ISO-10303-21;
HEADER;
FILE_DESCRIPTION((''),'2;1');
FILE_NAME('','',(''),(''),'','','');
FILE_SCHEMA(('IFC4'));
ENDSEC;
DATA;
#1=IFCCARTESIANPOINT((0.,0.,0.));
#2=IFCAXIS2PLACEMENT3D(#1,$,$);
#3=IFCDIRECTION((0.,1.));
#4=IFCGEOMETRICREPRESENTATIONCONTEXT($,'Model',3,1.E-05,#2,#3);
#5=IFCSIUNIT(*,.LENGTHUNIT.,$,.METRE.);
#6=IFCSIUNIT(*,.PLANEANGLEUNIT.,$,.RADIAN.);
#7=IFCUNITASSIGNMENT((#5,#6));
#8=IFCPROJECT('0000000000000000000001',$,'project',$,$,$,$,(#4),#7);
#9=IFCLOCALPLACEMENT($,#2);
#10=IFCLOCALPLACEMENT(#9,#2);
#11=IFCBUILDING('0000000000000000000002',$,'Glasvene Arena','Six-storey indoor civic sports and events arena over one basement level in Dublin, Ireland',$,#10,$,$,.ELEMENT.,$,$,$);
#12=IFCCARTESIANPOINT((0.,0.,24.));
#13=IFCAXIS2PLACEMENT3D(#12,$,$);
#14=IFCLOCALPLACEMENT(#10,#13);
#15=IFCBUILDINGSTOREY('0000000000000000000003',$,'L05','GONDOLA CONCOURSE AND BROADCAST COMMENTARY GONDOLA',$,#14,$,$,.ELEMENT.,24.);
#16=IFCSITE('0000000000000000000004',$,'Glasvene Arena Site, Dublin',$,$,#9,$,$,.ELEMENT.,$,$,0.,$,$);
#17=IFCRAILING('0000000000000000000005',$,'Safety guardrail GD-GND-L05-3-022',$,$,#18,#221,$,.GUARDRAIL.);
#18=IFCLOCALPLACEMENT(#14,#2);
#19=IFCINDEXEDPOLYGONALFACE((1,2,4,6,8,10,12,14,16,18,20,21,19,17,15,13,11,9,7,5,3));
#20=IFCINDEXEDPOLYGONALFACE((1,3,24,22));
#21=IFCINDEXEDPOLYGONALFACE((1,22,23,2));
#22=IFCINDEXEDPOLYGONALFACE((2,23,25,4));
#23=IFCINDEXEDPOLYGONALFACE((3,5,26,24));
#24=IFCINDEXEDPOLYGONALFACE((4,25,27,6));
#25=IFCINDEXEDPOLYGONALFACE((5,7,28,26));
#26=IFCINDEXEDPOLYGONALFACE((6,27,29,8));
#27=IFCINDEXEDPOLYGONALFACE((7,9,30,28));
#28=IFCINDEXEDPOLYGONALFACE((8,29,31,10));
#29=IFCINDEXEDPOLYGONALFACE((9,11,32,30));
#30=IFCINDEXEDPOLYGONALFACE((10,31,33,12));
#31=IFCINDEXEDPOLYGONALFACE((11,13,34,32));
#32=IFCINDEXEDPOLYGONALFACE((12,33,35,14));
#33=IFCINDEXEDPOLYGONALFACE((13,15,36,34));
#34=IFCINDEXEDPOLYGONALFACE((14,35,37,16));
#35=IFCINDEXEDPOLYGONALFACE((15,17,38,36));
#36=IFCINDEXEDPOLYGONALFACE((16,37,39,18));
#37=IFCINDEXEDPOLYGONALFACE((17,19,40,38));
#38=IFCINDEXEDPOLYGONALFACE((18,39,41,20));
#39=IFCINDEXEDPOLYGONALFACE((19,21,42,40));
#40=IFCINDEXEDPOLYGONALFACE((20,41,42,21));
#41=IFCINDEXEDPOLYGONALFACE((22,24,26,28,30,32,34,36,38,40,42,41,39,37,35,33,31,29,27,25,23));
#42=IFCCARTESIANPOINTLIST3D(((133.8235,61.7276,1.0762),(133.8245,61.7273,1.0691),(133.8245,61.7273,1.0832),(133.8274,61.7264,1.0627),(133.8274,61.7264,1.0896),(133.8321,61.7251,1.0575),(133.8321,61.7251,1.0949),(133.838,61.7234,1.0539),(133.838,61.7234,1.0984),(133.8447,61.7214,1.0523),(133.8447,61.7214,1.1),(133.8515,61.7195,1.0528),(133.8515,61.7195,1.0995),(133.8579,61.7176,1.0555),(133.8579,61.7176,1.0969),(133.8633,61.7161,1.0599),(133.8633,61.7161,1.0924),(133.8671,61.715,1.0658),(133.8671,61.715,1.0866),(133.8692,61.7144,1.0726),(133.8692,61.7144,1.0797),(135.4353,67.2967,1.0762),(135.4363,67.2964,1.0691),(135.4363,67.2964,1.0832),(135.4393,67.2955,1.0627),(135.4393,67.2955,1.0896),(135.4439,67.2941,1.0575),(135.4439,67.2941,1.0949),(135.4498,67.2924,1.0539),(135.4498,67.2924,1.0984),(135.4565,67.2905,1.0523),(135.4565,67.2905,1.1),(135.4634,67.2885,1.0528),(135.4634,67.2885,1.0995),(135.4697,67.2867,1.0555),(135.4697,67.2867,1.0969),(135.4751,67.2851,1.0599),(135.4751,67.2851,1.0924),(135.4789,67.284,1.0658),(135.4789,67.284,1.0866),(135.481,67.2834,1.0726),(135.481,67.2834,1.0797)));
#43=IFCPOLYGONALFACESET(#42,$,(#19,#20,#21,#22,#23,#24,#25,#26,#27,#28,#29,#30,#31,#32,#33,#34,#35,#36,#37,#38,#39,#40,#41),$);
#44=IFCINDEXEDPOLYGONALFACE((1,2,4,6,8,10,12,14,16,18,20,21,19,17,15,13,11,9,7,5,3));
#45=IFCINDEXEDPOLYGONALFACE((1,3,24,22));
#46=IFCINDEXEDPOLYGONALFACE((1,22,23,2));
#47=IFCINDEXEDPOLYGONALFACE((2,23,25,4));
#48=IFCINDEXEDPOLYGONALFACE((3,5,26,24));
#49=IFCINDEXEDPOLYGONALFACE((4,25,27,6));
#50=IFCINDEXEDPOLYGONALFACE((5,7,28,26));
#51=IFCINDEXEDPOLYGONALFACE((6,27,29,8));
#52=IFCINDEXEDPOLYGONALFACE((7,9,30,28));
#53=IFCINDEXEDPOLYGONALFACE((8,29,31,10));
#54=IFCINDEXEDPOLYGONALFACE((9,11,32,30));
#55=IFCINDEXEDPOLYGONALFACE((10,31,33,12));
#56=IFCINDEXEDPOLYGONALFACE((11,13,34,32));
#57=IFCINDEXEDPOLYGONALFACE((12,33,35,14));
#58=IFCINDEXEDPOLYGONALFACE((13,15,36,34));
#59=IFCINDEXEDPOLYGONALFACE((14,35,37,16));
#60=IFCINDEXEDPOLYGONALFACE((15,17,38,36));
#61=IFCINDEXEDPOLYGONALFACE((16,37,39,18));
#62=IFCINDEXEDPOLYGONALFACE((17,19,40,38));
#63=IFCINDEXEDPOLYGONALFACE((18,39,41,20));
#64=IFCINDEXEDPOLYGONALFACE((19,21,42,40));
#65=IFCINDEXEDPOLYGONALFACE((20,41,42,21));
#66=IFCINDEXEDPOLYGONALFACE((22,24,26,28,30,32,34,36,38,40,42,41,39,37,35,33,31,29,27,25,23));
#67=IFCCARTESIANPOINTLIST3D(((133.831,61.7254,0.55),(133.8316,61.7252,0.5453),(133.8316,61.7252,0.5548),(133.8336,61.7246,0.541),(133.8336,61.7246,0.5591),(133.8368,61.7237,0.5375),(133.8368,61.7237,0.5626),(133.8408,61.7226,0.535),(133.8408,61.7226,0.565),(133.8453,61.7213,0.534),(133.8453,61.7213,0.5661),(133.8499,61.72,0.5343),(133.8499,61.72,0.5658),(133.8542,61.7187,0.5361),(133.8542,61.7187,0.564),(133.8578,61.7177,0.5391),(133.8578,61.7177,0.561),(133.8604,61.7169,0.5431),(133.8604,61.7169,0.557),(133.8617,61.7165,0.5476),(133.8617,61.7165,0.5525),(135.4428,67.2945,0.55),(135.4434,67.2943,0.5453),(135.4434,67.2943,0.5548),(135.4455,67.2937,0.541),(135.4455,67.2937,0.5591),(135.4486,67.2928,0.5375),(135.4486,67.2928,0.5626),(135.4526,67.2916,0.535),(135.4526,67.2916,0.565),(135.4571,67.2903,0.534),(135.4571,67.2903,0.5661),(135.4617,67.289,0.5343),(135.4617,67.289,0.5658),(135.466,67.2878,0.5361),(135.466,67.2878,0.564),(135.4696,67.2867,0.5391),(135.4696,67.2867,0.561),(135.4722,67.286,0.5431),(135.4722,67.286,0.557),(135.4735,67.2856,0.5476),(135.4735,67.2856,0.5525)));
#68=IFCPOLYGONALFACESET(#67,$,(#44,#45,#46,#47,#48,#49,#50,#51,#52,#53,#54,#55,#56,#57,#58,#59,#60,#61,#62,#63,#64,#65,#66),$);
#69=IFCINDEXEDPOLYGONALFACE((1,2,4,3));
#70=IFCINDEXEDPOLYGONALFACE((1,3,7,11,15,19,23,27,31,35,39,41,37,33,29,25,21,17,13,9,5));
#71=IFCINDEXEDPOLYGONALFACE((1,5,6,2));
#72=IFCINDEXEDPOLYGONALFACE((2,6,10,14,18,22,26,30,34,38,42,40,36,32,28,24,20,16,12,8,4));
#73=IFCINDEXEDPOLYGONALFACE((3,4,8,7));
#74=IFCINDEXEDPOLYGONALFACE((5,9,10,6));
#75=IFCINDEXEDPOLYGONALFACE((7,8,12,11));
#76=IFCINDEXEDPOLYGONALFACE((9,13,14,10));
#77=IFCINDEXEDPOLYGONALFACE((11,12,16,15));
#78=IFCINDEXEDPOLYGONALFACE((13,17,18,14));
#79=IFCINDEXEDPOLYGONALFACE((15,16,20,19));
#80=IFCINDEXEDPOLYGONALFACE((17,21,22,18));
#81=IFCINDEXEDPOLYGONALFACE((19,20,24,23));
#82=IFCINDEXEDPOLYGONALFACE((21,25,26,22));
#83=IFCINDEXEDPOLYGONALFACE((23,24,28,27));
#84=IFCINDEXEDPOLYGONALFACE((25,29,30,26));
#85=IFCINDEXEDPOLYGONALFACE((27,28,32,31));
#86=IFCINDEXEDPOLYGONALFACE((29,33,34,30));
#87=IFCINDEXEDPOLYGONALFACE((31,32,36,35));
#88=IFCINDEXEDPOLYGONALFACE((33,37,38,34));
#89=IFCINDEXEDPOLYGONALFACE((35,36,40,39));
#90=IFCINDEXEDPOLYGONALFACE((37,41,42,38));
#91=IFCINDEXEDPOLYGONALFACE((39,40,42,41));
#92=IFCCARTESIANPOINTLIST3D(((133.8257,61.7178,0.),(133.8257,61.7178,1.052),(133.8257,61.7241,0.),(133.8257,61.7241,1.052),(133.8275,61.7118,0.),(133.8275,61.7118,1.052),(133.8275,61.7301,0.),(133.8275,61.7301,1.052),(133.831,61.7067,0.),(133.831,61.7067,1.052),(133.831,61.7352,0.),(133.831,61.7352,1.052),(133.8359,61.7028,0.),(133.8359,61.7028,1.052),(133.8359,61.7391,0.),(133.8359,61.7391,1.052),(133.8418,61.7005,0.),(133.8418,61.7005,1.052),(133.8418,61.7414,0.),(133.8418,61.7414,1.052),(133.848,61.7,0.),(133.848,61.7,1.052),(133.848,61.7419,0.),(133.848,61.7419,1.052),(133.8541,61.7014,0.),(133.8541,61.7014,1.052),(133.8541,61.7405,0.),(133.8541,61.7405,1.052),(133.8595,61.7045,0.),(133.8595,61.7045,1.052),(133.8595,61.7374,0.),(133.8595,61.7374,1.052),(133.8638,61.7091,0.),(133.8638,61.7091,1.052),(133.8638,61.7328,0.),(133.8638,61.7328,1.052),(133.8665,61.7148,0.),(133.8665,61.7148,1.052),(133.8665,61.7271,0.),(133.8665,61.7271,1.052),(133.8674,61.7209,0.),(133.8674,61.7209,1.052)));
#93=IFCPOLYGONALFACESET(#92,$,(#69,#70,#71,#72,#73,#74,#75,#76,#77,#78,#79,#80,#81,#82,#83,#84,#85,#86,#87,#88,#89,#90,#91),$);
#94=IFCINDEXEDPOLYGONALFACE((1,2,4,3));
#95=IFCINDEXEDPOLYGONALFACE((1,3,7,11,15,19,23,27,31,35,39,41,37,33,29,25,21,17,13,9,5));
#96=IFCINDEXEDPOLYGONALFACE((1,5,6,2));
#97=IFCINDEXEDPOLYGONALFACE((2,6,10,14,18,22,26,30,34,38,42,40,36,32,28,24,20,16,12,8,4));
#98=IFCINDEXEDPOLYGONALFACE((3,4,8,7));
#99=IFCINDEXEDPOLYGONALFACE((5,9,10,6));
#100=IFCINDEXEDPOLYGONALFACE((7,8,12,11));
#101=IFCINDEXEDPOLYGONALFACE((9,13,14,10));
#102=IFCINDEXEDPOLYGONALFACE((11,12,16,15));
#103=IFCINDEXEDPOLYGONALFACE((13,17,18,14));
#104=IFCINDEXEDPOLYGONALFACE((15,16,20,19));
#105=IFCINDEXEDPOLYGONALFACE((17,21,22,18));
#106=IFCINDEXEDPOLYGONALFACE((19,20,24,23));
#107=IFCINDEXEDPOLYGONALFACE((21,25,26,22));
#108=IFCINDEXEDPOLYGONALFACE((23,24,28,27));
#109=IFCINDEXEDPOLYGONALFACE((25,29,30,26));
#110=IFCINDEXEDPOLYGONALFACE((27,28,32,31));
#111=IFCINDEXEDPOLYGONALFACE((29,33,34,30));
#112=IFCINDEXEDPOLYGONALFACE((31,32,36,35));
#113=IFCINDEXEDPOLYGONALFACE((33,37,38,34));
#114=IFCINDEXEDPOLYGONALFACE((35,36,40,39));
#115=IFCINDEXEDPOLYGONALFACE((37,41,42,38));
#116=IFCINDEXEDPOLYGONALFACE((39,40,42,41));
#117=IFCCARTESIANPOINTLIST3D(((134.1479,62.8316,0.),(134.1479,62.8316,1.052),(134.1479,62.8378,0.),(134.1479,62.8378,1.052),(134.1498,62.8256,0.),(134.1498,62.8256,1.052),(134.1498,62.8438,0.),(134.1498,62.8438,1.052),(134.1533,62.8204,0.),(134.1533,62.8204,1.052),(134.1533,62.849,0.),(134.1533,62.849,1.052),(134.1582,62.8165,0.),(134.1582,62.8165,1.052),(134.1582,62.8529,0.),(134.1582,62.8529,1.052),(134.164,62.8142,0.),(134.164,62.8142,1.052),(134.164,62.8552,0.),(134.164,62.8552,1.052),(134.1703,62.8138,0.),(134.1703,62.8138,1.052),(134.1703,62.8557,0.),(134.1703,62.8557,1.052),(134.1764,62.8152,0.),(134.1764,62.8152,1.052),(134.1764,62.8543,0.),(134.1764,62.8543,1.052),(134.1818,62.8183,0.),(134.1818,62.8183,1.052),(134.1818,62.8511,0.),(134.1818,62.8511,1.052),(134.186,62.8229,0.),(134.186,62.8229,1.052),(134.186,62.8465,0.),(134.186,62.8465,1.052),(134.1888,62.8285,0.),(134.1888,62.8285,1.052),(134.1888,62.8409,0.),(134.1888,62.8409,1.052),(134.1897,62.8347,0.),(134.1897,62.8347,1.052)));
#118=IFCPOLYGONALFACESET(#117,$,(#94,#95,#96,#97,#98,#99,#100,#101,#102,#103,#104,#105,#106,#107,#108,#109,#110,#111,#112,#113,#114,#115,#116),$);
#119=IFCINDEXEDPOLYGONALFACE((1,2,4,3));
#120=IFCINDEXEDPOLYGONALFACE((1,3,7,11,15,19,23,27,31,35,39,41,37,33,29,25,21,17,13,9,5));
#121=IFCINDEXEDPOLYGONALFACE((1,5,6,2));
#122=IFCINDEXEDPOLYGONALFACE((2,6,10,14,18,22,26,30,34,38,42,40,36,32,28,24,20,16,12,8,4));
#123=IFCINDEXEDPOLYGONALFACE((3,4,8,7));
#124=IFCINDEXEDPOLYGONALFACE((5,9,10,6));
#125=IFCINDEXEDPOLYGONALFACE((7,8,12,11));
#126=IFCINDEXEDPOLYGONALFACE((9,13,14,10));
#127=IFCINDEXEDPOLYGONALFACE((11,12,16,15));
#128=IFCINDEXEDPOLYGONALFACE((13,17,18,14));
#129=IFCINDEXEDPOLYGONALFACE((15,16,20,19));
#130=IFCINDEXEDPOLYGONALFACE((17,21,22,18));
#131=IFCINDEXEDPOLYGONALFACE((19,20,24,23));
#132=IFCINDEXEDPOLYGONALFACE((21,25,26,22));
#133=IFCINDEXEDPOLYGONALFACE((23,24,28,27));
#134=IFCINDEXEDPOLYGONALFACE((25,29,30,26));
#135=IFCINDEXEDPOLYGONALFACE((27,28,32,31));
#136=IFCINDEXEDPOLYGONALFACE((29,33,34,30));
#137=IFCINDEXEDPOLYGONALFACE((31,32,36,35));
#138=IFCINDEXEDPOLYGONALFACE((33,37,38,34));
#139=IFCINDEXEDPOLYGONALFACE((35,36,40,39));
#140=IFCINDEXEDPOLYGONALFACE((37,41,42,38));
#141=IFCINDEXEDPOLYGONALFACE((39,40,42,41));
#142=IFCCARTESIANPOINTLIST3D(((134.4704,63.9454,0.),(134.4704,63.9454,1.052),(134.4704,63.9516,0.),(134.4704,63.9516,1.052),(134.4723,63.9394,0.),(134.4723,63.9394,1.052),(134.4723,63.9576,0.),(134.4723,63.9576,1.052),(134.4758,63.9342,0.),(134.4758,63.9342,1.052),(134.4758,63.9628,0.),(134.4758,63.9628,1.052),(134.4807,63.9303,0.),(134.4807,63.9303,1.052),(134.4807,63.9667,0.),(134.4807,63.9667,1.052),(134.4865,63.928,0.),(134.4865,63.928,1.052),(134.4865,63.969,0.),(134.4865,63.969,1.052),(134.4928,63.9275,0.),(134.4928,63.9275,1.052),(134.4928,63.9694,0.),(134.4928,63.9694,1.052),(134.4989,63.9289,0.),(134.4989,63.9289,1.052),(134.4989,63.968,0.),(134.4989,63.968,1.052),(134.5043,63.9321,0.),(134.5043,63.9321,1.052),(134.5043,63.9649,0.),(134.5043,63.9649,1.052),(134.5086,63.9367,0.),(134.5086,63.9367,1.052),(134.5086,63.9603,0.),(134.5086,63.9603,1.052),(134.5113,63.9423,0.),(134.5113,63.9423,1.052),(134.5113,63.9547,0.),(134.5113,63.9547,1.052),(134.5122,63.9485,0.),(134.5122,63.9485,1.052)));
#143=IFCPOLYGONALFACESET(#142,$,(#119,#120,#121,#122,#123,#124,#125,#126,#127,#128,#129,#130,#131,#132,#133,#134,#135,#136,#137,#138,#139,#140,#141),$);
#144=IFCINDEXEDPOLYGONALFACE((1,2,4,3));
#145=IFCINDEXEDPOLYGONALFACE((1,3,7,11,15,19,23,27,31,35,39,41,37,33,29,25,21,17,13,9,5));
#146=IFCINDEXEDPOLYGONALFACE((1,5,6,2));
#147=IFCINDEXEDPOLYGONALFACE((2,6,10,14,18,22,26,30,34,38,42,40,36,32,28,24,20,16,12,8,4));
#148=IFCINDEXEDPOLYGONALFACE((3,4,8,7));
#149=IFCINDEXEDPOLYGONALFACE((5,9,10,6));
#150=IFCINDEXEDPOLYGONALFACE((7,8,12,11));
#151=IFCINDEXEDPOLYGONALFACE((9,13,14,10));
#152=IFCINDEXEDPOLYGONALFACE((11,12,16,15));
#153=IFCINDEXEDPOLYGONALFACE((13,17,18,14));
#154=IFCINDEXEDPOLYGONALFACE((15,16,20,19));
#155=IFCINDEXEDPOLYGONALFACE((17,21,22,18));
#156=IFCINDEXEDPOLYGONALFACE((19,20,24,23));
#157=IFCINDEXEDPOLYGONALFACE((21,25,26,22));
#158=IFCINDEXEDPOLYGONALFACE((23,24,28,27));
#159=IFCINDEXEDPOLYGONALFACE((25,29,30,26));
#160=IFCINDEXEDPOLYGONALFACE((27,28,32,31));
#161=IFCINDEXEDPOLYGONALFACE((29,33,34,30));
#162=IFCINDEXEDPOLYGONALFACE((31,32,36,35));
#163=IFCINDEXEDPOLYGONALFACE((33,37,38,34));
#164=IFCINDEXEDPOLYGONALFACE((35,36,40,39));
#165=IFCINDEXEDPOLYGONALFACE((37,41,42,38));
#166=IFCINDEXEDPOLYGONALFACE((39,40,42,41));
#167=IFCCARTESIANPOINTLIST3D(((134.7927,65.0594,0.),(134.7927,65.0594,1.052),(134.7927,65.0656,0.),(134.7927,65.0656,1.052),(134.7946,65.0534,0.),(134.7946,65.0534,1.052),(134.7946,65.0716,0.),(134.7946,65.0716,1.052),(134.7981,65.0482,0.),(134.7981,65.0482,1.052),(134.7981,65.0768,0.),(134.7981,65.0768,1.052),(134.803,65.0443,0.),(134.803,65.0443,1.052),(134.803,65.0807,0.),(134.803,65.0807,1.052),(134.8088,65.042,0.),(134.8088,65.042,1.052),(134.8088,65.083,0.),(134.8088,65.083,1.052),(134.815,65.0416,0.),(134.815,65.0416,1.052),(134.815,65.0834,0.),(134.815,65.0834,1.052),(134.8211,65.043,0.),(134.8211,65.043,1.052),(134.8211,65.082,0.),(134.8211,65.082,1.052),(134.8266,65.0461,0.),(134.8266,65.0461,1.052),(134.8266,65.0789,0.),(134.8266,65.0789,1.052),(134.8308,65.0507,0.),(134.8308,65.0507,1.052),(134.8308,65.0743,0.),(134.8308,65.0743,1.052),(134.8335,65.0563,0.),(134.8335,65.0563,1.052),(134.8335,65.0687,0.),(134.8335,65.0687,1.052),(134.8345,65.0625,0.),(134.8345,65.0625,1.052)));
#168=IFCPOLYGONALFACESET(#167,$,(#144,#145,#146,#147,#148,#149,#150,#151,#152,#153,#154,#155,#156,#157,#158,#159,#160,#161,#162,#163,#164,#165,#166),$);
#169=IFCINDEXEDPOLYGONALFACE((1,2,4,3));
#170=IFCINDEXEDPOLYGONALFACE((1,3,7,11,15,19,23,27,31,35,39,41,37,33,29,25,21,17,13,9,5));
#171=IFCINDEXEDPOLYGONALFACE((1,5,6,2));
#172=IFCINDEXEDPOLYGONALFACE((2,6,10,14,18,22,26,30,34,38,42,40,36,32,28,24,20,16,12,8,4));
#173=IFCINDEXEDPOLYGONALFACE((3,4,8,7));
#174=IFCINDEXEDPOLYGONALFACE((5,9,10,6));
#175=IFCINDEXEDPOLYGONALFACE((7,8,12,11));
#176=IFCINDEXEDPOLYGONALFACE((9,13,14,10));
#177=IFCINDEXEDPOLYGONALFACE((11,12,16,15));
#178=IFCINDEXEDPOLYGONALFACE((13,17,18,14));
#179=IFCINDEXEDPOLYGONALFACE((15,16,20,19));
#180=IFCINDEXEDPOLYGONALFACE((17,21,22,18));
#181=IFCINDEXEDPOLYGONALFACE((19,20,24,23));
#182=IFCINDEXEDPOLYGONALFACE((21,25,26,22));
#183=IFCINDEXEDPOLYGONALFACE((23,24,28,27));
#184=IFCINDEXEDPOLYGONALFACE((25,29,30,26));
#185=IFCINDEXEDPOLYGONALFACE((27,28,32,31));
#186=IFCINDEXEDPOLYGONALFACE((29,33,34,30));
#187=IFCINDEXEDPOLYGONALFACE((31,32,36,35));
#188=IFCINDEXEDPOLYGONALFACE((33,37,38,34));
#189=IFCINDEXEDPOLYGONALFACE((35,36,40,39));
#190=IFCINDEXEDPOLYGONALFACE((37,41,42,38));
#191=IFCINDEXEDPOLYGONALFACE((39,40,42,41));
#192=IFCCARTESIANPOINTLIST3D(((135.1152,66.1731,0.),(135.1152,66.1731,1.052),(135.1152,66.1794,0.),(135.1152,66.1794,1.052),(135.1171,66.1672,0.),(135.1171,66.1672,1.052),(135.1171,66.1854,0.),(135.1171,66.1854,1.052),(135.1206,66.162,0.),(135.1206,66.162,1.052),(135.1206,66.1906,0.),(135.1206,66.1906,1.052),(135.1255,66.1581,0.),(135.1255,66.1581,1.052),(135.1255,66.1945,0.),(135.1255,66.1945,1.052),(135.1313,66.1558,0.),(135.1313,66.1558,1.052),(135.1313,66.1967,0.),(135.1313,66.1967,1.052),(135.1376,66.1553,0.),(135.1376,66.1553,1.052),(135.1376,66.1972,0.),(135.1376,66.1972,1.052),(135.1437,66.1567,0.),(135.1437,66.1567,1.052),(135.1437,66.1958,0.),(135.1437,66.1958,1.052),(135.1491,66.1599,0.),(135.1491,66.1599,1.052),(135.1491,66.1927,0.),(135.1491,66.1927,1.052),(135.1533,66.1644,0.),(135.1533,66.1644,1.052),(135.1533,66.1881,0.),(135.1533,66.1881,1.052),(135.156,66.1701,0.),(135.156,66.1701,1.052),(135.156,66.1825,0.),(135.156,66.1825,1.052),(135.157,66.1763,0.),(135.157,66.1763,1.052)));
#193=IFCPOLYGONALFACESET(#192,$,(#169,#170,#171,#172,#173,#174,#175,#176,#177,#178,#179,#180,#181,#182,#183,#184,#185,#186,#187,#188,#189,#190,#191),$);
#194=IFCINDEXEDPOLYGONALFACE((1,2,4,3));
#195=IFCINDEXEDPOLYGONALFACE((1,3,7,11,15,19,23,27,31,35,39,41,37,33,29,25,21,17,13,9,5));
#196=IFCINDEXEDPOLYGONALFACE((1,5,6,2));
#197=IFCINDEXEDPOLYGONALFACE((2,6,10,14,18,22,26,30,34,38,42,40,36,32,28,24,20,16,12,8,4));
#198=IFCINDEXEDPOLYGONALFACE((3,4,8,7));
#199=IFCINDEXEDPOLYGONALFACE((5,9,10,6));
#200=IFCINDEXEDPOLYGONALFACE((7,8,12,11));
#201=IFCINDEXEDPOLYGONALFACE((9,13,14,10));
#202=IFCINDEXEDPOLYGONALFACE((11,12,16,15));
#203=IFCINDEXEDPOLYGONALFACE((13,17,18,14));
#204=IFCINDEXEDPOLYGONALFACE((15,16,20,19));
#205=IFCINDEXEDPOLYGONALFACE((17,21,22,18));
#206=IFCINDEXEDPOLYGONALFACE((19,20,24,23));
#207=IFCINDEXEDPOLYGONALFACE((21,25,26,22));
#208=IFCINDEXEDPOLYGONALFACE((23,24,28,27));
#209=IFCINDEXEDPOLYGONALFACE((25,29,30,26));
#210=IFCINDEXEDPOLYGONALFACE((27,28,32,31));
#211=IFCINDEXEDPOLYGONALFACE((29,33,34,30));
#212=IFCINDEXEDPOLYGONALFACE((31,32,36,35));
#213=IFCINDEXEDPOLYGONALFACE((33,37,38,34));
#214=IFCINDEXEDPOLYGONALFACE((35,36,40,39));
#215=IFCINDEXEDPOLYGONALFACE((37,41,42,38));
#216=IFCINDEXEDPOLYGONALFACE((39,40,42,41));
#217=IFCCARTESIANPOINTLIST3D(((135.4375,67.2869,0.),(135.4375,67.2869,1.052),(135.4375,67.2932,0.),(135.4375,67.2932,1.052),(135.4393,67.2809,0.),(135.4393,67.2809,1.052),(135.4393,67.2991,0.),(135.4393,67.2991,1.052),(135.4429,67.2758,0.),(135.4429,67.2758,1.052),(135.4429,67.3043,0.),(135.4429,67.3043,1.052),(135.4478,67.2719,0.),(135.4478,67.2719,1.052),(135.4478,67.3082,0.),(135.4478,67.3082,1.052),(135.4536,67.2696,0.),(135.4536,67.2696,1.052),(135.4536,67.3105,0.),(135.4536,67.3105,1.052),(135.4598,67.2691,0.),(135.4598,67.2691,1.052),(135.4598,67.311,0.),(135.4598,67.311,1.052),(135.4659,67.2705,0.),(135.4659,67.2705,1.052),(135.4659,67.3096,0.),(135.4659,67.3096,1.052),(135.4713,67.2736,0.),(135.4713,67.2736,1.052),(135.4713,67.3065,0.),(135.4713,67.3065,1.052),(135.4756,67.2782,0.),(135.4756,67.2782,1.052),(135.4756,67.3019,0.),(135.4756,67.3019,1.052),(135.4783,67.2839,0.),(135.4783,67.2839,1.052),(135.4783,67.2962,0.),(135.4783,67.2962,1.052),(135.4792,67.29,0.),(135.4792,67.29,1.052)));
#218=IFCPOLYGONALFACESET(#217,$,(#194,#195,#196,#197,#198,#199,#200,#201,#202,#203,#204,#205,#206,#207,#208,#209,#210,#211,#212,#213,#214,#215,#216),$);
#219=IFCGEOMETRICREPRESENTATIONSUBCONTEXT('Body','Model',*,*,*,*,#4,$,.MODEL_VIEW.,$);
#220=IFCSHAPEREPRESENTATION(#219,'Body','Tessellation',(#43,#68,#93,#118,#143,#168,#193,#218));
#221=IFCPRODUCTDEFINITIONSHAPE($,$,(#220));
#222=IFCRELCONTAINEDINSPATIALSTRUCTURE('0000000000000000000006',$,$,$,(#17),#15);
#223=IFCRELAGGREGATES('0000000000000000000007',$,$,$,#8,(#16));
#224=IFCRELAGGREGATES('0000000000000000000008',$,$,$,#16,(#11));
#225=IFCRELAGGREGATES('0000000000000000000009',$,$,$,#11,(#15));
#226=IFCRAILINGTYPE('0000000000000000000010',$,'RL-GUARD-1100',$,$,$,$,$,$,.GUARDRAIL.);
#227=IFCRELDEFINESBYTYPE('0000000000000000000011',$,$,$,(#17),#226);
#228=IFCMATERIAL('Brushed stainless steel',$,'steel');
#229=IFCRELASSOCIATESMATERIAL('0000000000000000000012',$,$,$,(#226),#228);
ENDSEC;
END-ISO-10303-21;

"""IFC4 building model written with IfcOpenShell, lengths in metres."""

from ifc_helpers import new_model, si_unit, direction, frame, origin, origin_2d, place, context, subcontext, project, spatial, circle, extrude, material, type_object, element, save


model = new_model("IFC4")

# Units and contexts
model_context = context("Model", 3, precision=1e-05, world=origin(), true_north=direction((0.0, 1.0)))
body_context = subcontext(model_context, "Body", "Model", "MODEL_VIEW")
ifc_project = project(units=[si_unit("LENGTHUNIT", "METRE"), si_unit("PLANEANGLEUNIT", "RADIAN")], contexts=[model_context])

# Site, building, storey
site_placement = place(None, origin())
site = spatial("IfcSite", under=ifc_project, at=site_placement, Name="Glasvene Arena Site, Dublin", CompositionType="ELEMENT", RefElevation=0.0)
building_placement = place(site_placement, origin())
building = spatial("IfcBuilding", under=site, at=building_placement, Name="Glasvene Arena", Description="Six-storey indoor civic sports and events arena over one basement level in Dublin, Ireland", CompositionType="ELEMENT")
storey_placement = place(building_placement, frame((0.0, 0.0, 24.0)))
storey = spatial("IfcBuildingStorey", under=building, at=storey_placement, Name="L05", Description="GONDOLA CONCOURSE AND BROADCAST COMMENTARY GONDOLA", CompositionType="ELEMENT", Elevation=24.0)

# Railing
ifc_material_1 = material(Name="Brushed stainless steel", Category="steel")
railing_type_1 = type_object("IfcRailingType", Name="RL-GUARD-1100", PredefinedType="GUARDRAIL", material=ifc_material_1)
railing_1_placement = place(storey_placement, frame((133.8464, 61.7209, 0.0)))
element("IfcRailing", 1, at=railing_1_placement, inside=storey, type_object=railing_type_1, Name="Safety guardrail GD-GND-L05-3-022", PredefinedType="GUARDRAIL", context=body_context, shape_type="SweptSolid", body=[
    extrude(circle(Radius=0.0239, at=origin_2d()), frame((0.0, 0.0, 1.0762), z_axis=(0.278012, 0.960578, 0.0), x_axis=(-0.960578, 0.278012, 0.0)), (0.0, 0.0, 1.0), 5.7976),
    extrude(circle(Radius=0.0161, at=origin_2d()), frame((0.0, 0.0, 0.55), z_axis=(0.278012, 0.960578, 0.0), x_axis=(-0.960578, 0.278012, 0.0)), (0.0, 0.0, 1.0), 5.7976),
    extrude(circle(Radius=0.021, at=origin_2d()), origin(), (0.0, 0.0, 1.0), 1.052),
    extrude(circle(Radius=0.021, at=origin_2d()), frame((0.3223, 1.1138, 0.0)), (0.0, 0.0, 1.0), 1.052),
    extrude(circle(Radius=0.021, at=origin_2d()), frame((0.6448, 2.2275, 0.0)), (0.0, 0.0, 1.0), 1.052),
    extrude(circle(Radius=0.021, at=origin_2d()), frame((0.967, 3.3416, 0.0)), (0.0, 0.0, 1.0), 1.052),
    extrude(circle(Radius=0.021, at=origin_2d()), frame((1.2896, 4.4553, 0.0)), (0.0, 0.0, 1.0), 1.052),
    extrude(circle(Radius=0.021, at=origin_2d()), frame((1.6118, 5.5691, 0.0)), (0.0, 0.0, 1.0), 1.052),
])

save(model, "model.ifc")
